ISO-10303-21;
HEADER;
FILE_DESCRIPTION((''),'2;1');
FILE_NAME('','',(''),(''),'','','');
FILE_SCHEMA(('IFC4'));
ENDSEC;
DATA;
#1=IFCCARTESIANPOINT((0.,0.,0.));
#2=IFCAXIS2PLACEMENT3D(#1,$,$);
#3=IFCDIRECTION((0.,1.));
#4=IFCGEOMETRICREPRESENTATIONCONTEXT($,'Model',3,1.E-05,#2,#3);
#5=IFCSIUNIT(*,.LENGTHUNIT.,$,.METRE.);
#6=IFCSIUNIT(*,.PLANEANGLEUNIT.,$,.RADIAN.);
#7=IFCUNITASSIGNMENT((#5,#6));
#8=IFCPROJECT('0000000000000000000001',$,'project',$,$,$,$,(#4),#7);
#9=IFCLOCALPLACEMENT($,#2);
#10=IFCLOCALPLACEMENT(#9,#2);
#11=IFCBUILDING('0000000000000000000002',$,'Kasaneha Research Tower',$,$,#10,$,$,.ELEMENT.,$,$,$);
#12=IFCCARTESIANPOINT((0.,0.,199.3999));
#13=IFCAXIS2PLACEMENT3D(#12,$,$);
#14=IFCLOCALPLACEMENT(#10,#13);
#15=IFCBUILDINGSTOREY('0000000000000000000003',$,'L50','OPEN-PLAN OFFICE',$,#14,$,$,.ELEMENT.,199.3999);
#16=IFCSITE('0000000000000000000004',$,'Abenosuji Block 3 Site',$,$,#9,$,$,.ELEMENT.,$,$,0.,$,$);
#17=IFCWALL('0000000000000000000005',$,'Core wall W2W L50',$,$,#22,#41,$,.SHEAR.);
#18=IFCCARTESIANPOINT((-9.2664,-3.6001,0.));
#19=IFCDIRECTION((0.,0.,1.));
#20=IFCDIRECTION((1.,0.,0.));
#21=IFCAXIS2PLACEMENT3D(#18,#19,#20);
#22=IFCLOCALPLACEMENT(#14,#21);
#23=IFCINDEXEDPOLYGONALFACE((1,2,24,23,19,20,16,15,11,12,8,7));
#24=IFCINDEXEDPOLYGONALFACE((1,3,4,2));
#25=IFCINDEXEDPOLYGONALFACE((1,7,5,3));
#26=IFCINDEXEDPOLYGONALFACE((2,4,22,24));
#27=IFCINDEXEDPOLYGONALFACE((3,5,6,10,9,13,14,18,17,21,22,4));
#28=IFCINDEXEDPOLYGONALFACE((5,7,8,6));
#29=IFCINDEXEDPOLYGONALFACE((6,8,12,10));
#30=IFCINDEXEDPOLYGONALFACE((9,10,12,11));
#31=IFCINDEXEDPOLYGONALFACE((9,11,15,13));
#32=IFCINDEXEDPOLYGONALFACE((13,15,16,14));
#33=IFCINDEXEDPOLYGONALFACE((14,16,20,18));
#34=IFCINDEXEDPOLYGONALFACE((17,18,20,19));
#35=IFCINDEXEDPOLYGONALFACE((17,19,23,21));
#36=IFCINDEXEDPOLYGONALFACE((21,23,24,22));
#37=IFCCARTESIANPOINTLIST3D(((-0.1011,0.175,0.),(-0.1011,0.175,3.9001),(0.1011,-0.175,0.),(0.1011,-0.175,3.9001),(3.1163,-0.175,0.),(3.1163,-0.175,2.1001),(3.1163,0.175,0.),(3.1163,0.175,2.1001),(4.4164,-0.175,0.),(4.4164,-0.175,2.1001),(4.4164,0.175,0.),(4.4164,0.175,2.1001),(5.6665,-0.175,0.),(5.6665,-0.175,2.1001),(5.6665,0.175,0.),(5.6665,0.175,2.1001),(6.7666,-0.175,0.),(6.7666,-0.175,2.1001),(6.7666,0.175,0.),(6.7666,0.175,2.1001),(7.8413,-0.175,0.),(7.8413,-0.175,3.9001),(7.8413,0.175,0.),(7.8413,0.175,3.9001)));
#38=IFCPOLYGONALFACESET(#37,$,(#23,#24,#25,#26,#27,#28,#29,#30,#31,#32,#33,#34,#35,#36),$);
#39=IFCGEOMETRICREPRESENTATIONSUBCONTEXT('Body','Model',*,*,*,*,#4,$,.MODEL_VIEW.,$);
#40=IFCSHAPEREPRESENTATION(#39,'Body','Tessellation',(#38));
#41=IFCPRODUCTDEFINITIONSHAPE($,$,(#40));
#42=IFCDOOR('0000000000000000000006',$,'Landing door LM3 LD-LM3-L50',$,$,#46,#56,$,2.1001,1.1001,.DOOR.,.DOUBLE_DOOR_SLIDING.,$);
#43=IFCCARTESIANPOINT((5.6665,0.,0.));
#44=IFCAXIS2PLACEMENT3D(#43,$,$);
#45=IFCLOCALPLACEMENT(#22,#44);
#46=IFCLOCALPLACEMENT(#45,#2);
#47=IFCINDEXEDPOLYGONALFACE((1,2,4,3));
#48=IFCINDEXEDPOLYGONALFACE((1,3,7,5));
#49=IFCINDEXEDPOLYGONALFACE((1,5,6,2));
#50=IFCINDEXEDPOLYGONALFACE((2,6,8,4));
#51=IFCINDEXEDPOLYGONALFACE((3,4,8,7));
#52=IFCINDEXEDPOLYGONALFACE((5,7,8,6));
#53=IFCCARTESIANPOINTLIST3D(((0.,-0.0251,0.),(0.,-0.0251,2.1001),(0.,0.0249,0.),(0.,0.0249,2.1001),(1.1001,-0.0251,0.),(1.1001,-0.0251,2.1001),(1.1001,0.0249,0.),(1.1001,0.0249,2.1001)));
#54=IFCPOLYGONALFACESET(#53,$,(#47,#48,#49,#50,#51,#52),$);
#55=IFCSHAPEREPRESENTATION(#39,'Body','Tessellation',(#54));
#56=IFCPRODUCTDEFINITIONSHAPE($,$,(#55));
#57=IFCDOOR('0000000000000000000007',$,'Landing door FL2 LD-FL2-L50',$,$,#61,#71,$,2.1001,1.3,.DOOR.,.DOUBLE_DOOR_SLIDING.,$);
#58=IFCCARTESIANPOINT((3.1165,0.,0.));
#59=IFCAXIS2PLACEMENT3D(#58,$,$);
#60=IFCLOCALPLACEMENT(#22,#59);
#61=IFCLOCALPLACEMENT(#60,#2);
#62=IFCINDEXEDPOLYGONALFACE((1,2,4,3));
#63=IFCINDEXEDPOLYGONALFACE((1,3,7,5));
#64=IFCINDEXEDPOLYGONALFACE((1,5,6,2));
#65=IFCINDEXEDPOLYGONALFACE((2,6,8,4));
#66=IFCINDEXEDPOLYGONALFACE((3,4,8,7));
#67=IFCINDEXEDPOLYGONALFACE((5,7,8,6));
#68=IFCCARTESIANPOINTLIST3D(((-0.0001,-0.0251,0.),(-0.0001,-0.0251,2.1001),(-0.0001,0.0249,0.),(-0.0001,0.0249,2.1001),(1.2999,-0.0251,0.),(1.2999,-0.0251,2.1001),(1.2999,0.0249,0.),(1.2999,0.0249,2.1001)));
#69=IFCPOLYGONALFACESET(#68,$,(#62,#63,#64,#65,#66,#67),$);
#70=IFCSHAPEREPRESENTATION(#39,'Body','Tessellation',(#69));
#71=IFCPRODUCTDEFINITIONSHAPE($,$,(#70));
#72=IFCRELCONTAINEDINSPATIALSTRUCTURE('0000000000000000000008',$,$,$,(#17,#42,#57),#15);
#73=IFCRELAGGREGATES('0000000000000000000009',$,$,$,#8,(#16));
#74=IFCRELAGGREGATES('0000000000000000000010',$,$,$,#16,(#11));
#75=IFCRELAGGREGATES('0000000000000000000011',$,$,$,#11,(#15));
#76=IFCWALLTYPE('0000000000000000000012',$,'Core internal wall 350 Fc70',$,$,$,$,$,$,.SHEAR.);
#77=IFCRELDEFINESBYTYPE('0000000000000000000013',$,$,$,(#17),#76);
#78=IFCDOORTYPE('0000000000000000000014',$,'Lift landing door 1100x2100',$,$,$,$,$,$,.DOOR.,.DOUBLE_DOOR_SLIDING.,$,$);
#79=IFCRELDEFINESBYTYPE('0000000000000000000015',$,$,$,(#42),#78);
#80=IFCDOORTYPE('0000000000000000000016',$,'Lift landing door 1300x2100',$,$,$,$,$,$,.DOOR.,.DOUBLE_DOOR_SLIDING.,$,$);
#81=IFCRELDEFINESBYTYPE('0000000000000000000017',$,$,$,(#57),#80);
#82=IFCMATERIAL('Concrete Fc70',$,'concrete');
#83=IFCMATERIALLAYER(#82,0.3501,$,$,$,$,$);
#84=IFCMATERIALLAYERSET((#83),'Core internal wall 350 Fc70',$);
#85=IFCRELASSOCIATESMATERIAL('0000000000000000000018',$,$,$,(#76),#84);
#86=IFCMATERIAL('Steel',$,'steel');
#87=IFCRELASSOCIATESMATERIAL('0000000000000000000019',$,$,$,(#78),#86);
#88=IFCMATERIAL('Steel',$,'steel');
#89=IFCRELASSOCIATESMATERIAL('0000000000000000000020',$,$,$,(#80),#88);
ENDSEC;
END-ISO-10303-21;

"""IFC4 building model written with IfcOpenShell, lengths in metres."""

from ifc_helpers import new_model, si_unit, direction, frame, frame_2d, origin, place, context, subcontext, project, spatial, polyline, rectangle, outline, extrude, material, layer, layer_set, type_object, element, fill, save


model = new_model("IFC4")

# Units and contexts
model_context = context("Model", 3, precision=1e-05, world=origin(), true_north=direction((0.0, 1.0)))
body_context = subcontext(model_context, "Body", "Model", "MODEL_VIEW")
ifc_project = project(units=[si_unit("LENGTHUNIT", "METRE"), si_unit("PLANEANGLEUNIT", "RADIAN")], contexts=[model_context])

# Site, building, storey
site_placement = place(None, origin())
site = spatial("IfcSite", under=ifc_project, at=site_placement, Name="Abenosuji Block 3 Site", CompositionType="ELEMENT", RefElevation=0.0)
building_placement = place(site_placement, origin())
building = spatial("IfcBuilding", under=site, at=building_placement, Name="Kasaneha Research Tower", CompositionType="ELEMENT")
storey_placement = place(building_placement, frame((0.0, 0.0, 199.3999)))
storey = spatial("IfcBuildingStorey", under=building, at=storey_placement, Name="L50", Description="OPEN-PLAN OFFICE", CompositionType="ELEMENT", Elevation=199.3999)

# Wall, openings, doors
ifc_material_1 = material(Name="Concrete Fc70", Category="concrete")
ifc_layer_1 = layer(ifc_material_1, 0.3501)
ifc_layer_set_1 = layer_set([ifc_layer_1], Name="Core internal wall 350 Fc70")
wall_type = type_object("IfcWallType", Name="Core internal wall 350 Fc70", PredefinedType="SHEAR", material=ifc_layer_set_1)
wall_1_placement = place(storey_placement, frame((-9.2664, -3.6001, 0.0), z_axis=(0.0, 0.0, 1.0), x_axis=(1.0, 0.0, 0.0)))
wall_1 = element("IfcWall", 1, at=wall_1_placement, inside=storey, type_object=wall_type, Name="Core wall W2W L50", PredefinedType="SHEAR", context=body_context, shape_type="SweptSolid", body=[
    extrude(outline(polyline([(0.1011, -0.175), (3.1165, -0.175), (4.4165, -0.175), (5.6665, -0.175), (6.7666, -0.175), (7.8413, -0.175), (7.8413, 0.175), (6.7666, 0.175), (5.6665, 0.175), (4.4165, 0.175), (3.1165, 0.175), (-0.1011, 0.175), (0.1011, -0.175)])), origin(), (0.0, 0.0, 1.0), 3.9001),
])
opening_1_placement = place(wall_1_placement, frame((5.6665, 0.0, 0.0)))
opening_1 = element("IfcOpeningElement", 2, at=opening_1_placement, cuts=wall_1, PredefinedType="OPENING", context=body_context, shape_type="SweptSolid", body=[
    extrude(rectangle(XDim=1.1001, YDim=2.1001, at=frame_2d((0.55, 1.05))), frame((0.0, 0.1851, 0.0), z_axis=(0.0, -1.0, 0.0), x_axis=(1.0, 0.0, 0.0)), (0.0, 0.0, 1.0), 0.3701),
])
opening_2_placement = place(wall_1_placement, frame((3.1165, 0.0, 0.0)))
opening_2 = element("IfcOpeningElement", 3, at=opening_2_placement, cuts=wall_1, PredefinedType="OPENING", context=body_context, shape_type="SweptSolid", body=[
    extrude(rectangle(XDim=1.3, YDim=2.1001, at=frame_2d((0.6499, 1.05))), frame((0.0, 0.1851, 0.0), z_axis=(0.0, -1.0, 0.0), x_axis=(1.0, 0.0, 0.0)), (0.0, 0.0, 1.0), 0.3701),
])
ifc_material_2 = material(Name="Steel", Category="steel")
door_type_1 = type_object("IfcDoorType", Name="Lift landing door 1100x2100", OperationType="DOUBLE_DOOR_SLIDING", PredefinedType="DOOR", material=ifc_material_2)
door_1_placement = place(opening_1_placement, origin())
door_1 = element("IfcDoor", 4, at=door_1_placement, inside=storey, type_object=door_type_1, Name="Landing door LM3 LD-LM3-L50", OperationType="DOUBLE_DOOR_SLIDING", OverallHeight=2.1001, OverallWidth=1.1001, PredefinedType="DOOR", context=body_context, shape_type="SweptSolid", body=[
    extrude(rectangle(XDim=1.1001, YDim=2.1001, at=frame_2d((0.55, 1.05))), frame((0.0, 0.0249, 0.0), z_axis=(0.0, -1.0, 0.0), x_axis=(1.0, 0.0, 0.0)), (0.0, 0.0, 1.0), 0.05),
])
fill(opening_1, door_1)
ifc_material_3 = material(Name="Steel", Category="steel")
door_type_2 = type_object("IfcDoorType", Name="Lift landing door 1300x2100", OperationType="DOUBLE_DOOR_SLIDING", PredefinedType="DOOR", material=ifc_material_3)
door_2_placement = place(opening_2_placement, origin())
door_2 = element("IfcDoor", 5, at=door_2_placement, inside=storey, type_object=door_type_2, Name="Landing door FL2 LD-FL2-L50", OperationType="DOUBLE_DOOR_SLIDING", OverallHeight=2.1001, OverallWidth=1.3, PredefinedType="DOOR", context=body_context, shape_type="SweptSolid", body=[
    extrude(rectangle(XDim=1.3, YDim=2.1001, at=frame_2d((0.6499, 1.05))), frame((0.0, 0.0249, 0.0), z_axis=(0.0, -1.0, 0.0), x_axis=(1.0, 0.0, 0.0)), (0.0, 0.0, 1.0), 0.05),
])
fill(opening_2, door_2)

save(model, "model.ifc")
